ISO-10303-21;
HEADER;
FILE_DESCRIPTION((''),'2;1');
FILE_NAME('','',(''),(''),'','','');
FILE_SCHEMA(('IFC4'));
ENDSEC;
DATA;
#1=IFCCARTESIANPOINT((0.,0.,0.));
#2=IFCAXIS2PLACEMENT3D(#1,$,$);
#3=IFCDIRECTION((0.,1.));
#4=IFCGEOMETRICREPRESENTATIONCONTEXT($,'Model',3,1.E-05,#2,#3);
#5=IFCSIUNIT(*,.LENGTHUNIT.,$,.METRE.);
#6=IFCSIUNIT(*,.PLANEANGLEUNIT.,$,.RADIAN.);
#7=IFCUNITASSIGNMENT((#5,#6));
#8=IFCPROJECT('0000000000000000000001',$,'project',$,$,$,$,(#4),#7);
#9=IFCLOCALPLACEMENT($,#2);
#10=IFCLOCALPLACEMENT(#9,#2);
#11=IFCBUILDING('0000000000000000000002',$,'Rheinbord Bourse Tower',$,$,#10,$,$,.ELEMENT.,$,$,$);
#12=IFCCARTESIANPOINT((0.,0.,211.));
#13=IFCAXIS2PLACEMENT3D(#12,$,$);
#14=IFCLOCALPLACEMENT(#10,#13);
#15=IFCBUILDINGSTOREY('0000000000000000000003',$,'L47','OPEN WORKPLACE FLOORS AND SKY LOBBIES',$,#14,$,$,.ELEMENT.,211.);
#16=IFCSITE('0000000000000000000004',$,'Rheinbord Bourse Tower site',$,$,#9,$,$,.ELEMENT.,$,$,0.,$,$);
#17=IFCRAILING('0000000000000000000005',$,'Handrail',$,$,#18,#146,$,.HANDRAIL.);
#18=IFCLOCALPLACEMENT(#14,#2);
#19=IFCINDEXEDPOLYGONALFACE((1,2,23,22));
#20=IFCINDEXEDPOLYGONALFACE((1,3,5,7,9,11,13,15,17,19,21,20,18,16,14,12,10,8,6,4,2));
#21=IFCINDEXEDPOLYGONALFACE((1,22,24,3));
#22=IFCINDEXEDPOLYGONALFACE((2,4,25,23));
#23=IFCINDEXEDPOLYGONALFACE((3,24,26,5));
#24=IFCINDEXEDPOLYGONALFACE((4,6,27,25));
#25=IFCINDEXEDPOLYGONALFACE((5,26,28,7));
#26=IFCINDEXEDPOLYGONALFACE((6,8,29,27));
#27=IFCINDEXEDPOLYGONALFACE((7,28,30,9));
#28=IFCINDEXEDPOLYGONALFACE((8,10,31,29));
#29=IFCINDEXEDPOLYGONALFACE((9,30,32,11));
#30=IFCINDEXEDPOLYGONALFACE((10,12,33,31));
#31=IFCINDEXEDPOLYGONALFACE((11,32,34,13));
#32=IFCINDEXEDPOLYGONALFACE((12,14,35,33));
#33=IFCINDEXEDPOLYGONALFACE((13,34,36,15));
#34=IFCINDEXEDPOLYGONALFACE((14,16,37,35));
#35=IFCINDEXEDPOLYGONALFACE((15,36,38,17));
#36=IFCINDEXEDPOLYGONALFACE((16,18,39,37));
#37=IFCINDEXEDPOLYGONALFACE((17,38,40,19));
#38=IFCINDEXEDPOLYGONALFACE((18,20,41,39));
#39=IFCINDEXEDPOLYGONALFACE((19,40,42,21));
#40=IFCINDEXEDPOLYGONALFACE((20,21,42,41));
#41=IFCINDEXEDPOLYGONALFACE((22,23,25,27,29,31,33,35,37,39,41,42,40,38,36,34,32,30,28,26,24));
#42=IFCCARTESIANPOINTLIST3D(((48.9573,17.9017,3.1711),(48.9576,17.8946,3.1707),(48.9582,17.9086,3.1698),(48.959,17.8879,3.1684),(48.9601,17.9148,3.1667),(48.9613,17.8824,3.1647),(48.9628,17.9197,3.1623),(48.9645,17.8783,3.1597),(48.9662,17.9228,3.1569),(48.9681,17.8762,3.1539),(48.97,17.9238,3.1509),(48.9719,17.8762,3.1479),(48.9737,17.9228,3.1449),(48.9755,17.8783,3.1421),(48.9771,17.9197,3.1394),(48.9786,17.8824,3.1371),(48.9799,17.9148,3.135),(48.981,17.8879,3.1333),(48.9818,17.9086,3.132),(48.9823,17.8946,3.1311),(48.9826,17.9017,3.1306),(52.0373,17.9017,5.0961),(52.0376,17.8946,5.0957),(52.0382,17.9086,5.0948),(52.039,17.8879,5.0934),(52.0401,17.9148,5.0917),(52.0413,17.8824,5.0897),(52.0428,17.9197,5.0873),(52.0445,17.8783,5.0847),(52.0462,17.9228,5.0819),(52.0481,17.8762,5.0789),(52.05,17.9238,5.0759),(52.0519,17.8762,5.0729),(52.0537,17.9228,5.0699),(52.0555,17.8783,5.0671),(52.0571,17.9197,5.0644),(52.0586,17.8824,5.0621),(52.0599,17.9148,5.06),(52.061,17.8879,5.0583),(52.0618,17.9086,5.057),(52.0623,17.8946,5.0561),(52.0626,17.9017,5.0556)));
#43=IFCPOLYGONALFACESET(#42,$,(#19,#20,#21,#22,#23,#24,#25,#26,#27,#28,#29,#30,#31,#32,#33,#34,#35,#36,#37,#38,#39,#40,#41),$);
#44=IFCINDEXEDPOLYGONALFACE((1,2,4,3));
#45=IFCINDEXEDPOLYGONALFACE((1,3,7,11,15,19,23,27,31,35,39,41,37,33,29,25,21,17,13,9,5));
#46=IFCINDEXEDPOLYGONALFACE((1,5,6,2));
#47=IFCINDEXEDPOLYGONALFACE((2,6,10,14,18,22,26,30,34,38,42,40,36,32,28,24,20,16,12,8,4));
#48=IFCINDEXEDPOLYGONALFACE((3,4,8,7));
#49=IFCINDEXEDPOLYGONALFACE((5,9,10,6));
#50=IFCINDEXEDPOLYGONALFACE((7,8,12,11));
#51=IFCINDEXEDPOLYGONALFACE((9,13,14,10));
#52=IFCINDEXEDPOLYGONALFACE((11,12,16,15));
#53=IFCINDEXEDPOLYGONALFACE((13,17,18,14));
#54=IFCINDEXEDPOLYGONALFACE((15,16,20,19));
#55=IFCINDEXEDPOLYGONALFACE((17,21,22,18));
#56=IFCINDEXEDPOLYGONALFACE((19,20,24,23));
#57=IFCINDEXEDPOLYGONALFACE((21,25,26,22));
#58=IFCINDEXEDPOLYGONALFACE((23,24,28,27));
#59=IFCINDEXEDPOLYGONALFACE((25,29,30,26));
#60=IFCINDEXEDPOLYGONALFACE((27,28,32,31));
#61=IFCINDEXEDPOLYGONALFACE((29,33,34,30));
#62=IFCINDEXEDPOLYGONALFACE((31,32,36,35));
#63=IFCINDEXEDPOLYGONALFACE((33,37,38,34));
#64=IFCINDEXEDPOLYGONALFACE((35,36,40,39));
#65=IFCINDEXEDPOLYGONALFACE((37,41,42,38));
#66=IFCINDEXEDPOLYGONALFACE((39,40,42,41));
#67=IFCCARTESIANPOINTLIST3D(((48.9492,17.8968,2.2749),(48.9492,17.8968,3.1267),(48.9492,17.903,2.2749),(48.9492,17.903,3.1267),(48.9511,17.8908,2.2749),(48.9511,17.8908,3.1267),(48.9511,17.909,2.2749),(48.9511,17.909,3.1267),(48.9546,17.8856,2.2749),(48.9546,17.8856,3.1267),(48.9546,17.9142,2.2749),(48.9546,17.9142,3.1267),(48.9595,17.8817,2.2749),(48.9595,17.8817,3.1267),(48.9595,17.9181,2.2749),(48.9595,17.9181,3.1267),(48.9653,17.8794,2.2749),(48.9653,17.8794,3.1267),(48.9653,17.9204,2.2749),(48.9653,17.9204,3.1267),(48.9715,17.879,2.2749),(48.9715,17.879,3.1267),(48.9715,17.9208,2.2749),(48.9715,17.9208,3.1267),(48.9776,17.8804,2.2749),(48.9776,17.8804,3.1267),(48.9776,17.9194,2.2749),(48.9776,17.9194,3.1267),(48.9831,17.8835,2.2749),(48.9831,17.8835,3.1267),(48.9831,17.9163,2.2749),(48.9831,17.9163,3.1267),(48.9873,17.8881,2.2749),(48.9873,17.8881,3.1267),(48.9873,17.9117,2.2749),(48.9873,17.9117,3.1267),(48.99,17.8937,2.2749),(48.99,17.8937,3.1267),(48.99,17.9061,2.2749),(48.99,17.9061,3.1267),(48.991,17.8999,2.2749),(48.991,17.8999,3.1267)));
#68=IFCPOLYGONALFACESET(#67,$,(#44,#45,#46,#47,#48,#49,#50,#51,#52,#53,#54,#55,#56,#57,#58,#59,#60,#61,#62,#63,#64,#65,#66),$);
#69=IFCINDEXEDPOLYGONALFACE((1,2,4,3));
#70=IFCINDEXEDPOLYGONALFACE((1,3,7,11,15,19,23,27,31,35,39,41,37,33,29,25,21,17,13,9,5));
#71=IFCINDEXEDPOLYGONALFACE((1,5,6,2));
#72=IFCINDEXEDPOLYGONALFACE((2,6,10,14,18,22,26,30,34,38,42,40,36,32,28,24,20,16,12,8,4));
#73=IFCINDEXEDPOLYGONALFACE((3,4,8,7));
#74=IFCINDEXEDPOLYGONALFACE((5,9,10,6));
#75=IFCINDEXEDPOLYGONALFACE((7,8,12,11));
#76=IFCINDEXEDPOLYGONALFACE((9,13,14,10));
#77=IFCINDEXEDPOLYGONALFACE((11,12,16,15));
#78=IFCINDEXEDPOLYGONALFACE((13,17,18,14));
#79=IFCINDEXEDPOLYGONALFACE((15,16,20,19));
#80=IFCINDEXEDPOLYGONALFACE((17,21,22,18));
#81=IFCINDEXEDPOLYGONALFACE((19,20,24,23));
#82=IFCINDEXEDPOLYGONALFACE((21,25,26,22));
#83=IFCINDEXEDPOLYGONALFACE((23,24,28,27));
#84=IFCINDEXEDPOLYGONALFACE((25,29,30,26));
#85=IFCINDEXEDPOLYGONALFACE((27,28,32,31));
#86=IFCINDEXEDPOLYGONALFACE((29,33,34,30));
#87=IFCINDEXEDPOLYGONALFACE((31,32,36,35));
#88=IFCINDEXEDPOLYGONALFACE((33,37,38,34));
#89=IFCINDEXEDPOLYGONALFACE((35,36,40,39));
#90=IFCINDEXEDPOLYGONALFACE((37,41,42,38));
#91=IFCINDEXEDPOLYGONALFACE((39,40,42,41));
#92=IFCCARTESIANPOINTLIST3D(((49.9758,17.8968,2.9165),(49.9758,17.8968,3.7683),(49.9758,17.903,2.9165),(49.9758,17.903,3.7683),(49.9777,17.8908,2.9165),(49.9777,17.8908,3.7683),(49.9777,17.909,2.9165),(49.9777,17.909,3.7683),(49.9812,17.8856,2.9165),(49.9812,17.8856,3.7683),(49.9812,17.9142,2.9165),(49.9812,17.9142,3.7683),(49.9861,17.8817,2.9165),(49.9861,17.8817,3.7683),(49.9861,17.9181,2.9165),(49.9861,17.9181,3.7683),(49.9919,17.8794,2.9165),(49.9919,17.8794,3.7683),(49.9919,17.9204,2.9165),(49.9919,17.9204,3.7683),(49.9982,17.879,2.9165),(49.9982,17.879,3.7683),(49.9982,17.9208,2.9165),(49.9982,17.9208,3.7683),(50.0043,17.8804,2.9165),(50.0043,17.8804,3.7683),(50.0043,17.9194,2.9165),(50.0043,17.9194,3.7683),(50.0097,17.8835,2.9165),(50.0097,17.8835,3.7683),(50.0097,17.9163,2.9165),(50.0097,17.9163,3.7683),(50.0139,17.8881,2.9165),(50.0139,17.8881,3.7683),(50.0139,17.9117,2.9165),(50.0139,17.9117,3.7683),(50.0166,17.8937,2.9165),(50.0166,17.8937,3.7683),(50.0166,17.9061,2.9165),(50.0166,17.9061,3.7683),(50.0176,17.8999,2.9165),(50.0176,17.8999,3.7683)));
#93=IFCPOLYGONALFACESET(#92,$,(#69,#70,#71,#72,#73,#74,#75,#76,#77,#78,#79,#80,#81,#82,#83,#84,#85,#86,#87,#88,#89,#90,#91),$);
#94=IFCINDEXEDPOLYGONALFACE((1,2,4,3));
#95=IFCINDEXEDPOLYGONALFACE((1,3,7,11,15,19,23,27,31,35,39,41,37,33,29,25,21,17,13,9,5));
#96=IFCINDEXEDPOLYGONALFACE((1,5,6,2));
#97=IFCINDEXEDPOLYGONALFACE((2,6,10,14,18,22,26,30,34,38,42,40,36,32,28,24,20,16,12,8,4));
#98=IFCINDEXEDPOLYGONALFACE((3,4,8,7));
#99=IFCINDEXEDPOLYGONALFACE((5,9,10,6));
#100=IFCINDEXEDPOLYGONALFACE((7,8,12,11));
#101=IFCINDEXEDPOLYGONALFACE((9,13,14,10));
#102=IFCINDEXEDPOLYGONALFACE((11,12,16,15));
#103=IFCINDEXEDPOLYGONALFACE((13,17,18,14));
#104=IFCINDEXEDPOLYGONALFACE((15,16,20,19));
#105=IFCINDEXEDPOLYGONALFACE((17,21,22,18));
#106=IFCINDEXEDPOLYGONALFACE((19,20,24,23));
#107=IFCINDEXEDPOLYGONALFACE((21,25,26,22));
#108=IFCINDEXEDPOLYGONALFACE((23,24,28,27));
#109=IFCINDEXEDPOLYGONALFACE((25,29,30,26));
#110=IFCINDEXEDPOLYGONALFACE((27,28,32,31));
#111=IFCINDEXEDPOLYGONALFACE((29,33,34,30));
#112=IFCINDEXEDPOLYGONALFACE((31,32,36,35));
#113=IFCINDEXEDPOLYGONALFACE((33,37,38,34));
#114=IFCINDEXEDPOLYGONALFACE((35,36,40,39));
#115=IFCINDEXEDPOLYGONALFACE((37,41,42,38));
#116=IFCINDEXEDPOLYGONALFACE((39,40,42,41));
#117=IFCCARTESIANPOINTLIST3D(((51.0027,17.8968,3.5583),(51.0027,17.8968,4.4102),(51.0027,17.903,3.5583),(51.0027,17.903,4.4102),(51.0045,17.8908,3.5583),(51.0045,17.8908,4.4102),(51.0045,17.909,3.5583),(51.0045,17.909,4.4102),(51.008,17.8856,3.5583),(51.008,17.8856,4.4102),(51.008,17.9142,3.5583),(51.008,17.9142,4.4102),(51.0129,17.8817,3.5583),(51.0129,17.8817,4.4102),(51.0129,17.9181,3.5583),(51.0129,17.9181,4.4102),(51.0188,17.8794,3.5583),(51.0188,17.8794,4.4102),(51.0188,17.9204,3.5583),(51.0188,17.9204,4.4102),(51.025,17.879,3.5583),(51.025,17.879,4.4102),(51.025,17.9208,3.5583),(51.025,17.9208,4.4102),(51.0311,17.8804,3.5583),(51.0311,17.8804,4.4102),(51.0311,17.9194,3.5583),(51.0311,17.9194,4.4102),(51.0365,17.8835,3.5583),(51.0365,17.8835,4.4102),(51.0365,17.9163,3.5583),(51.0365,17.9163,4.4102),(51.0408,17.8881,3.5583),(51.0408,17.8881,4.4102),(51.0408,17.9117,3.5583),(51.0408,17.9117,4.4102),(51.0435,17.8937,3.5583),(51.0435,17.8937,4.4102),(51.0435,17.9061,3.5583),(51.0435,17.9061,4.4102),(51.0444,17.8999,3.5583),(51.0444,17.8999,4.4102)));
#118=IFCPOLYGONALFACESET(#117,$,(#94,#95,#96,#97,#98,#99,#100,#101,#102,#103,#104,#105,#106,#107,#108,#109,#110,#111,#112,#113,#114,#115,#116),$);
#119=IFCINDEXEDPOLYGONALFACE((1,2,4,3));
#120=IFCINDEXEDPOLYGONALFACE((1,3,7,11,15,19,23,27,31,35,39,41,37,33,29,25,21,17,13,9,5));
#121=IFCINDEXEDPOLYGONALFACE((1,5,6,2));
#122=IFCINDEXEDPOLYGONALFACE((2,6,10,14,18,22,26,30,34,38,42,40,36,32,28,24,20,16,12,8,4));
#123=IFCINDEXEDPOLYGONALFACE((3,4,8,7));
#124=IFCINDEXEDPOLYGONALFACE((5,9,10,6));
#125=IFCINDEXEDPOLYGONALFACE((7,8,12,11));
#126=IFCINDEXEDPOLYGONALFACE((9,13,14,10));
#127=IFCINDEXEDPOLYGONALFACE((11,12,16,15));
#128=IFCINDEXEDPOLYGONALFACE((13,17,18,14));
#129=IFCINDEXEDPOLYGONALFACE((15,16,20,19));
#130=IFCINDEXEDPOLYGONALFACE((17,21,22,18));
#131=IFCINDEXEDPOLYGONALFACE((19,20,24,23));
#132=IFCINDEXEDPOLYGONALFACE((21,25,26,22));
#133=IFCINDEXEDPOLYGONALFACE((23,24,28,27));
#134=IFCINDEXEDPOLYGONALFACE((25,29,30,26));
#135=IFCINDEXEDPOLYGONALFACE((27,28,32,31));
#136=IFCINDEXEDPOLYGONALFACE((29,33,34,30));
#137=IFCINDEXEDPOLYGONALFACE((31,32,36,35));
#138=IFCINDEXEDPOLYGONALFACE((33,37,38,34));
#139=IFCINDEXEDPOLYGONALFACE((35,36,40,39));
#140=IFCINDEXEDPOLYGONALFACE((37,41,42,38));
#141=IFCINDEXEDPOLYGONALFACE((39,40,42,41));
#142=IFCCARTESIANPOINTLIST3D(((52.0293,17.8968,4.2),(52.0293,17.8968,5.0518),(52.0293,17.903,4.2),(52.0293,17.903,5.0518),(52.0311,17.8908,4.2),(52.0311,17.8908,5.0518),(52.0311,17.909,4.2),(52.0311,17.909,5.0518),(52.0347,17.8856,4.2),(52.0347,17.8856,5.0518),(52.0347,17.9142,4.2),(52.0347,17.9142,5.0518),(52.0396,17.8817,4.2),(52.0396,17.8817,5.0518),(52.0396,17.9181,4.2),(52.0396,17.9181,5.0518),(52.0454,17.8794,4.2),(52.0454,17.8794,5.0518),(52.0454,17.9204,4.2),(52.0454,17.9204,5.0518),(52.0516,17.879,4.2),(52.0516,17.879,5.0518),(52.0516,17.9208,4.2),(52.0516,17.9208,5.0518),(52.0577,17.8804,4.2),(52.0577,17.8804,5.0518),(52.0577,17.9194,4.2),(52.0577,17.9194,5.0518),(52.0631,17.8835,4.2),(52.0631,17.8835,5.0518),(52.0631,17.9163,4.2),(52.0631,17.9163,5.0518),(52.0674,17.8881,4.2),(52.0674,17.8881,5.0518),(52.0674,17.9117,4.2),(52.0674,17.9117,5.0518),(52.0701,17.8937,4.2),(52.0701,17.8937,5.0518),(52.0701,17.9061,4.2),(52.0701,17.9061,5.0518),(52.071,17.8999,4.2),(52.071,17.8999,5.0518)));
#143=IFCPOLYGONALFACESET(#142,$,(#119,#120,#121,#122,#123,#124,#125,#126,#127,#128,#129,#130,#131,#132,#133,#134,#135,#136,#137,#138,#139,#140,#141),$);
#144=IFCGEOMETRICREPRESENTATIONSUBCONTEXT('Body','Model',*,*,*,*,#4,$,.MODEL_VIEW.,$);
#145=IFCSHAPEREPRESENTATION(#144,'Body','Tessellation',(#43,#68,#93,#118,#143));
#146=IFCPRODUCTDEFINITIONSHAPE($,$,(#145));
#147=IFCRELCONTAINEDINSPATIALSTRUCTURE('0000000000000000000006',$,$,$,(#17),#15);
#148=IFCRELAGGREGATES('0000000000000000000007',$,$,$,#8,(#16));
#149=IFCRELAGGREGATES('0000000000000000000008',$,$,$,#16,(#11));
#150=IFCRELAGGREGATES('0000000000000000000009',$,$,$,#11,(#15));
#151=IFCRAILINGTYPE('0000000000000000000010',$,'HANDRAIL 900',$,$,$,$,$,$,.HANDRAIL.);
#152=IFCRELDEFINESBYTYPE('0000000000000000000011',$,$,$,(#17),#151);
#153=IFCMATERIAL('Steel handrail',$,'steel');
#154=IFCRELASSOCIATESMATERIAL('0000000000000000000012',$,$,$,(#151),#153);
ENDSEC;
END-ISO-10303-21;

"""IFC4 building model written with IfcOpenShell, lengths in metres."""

from ifc_helpers import new_model, si_unit, direction, frame, origin, origin_2d, place, context, subcontext, project, spatial, circle, extrude, material, type_object, element, save


model = new_model("IFC4")

# Units and contexts
model_context = context("Model", 3, precision=1e-05, world=origin(), true_north=direction((0.0, 1.0)))
body_context = subcontext(model_context, "Body", "Model", "MODEL_VIEW")
ifc_project = project(units=[si_unit("LENGTHUNIT", "METRE"), si_unit("PLANEANGLEUNIT", "RADIAN")], contexts=[model_context])

# Site, building, storey
site_placement = place(None, origin())
site = spatial("IfcSite", under=ifc_project, at=site_placement, Name="Rheinbord Bourse Tower site", CompositionType="ELEMENT", RefElevation=0.0)
building_placement = place(site_placement, origin())
building = spatial("IfcBuilding", under=site, at=building_placement, Name="Rheinbord Bourse Tower", CompositionType="ELEMENT")
storey_placement = place(building_placement, frame((0.0, 0.0, 211.0)))
storey = spatial("IfcBuildingStorey", under=building, at=storey_placement, Name="L47", Description="OPEN WORKPLACE FLOORS AND SKY LOBBIES", CompositionType="ELEMENT", Elevation=211.0)

# Railing
ifc_material_1 = material(Name="Steel handrail", Category="steel")
railing_type = type_object("IfcRailingType", Name="HANDRAIL 900", PredefinedType="HANDRAIL", material=ifc_material_1)
railing_1_placement = place(storey_placement, frame((48.97, 17.8999, 2.2749)))
element("IfcRailing", 1, at=railing_1_placement, inside=storey, type_object=railing_type, Name="Handrail", PredefinedType="HANDRAIL", context=body_context, shape_type="SweptSolid", body=[
    extrude(circle(Radius=0.0239, at=origin_2d()), frame((0.0, 0.0, 0.876), z_axis=(0.847998, 0.0, 0.529999), x_axis=(0.0, 1.0, 0.0)), (0.0, 0.0, 1.0), 3.6321),
    extrude(circle(Radius=0.021, at=origin_2d()), origin(), (0.0, 0.0, 1.0), 0.8518),
    extrude(circle(Radius=0.021, at=origin_2d()), frame((1.0266, 0.0, 0.6416)), (0.0, 0.0, 1.0), 0.8518),
    extrude(circle(Radius=0.021, at=origin_2d()), frame((2.0535, 0.0, 1.2834)), (0.0, 0.0, 1.0), 0.8518),
    extrude(circle(Radius=0.021, at=origin_2d()), frame((3.0801, 0.0, 1.925)), (0.0, 0.0, 1.0), 0.8518),
])

save(model, "model.ifc")
